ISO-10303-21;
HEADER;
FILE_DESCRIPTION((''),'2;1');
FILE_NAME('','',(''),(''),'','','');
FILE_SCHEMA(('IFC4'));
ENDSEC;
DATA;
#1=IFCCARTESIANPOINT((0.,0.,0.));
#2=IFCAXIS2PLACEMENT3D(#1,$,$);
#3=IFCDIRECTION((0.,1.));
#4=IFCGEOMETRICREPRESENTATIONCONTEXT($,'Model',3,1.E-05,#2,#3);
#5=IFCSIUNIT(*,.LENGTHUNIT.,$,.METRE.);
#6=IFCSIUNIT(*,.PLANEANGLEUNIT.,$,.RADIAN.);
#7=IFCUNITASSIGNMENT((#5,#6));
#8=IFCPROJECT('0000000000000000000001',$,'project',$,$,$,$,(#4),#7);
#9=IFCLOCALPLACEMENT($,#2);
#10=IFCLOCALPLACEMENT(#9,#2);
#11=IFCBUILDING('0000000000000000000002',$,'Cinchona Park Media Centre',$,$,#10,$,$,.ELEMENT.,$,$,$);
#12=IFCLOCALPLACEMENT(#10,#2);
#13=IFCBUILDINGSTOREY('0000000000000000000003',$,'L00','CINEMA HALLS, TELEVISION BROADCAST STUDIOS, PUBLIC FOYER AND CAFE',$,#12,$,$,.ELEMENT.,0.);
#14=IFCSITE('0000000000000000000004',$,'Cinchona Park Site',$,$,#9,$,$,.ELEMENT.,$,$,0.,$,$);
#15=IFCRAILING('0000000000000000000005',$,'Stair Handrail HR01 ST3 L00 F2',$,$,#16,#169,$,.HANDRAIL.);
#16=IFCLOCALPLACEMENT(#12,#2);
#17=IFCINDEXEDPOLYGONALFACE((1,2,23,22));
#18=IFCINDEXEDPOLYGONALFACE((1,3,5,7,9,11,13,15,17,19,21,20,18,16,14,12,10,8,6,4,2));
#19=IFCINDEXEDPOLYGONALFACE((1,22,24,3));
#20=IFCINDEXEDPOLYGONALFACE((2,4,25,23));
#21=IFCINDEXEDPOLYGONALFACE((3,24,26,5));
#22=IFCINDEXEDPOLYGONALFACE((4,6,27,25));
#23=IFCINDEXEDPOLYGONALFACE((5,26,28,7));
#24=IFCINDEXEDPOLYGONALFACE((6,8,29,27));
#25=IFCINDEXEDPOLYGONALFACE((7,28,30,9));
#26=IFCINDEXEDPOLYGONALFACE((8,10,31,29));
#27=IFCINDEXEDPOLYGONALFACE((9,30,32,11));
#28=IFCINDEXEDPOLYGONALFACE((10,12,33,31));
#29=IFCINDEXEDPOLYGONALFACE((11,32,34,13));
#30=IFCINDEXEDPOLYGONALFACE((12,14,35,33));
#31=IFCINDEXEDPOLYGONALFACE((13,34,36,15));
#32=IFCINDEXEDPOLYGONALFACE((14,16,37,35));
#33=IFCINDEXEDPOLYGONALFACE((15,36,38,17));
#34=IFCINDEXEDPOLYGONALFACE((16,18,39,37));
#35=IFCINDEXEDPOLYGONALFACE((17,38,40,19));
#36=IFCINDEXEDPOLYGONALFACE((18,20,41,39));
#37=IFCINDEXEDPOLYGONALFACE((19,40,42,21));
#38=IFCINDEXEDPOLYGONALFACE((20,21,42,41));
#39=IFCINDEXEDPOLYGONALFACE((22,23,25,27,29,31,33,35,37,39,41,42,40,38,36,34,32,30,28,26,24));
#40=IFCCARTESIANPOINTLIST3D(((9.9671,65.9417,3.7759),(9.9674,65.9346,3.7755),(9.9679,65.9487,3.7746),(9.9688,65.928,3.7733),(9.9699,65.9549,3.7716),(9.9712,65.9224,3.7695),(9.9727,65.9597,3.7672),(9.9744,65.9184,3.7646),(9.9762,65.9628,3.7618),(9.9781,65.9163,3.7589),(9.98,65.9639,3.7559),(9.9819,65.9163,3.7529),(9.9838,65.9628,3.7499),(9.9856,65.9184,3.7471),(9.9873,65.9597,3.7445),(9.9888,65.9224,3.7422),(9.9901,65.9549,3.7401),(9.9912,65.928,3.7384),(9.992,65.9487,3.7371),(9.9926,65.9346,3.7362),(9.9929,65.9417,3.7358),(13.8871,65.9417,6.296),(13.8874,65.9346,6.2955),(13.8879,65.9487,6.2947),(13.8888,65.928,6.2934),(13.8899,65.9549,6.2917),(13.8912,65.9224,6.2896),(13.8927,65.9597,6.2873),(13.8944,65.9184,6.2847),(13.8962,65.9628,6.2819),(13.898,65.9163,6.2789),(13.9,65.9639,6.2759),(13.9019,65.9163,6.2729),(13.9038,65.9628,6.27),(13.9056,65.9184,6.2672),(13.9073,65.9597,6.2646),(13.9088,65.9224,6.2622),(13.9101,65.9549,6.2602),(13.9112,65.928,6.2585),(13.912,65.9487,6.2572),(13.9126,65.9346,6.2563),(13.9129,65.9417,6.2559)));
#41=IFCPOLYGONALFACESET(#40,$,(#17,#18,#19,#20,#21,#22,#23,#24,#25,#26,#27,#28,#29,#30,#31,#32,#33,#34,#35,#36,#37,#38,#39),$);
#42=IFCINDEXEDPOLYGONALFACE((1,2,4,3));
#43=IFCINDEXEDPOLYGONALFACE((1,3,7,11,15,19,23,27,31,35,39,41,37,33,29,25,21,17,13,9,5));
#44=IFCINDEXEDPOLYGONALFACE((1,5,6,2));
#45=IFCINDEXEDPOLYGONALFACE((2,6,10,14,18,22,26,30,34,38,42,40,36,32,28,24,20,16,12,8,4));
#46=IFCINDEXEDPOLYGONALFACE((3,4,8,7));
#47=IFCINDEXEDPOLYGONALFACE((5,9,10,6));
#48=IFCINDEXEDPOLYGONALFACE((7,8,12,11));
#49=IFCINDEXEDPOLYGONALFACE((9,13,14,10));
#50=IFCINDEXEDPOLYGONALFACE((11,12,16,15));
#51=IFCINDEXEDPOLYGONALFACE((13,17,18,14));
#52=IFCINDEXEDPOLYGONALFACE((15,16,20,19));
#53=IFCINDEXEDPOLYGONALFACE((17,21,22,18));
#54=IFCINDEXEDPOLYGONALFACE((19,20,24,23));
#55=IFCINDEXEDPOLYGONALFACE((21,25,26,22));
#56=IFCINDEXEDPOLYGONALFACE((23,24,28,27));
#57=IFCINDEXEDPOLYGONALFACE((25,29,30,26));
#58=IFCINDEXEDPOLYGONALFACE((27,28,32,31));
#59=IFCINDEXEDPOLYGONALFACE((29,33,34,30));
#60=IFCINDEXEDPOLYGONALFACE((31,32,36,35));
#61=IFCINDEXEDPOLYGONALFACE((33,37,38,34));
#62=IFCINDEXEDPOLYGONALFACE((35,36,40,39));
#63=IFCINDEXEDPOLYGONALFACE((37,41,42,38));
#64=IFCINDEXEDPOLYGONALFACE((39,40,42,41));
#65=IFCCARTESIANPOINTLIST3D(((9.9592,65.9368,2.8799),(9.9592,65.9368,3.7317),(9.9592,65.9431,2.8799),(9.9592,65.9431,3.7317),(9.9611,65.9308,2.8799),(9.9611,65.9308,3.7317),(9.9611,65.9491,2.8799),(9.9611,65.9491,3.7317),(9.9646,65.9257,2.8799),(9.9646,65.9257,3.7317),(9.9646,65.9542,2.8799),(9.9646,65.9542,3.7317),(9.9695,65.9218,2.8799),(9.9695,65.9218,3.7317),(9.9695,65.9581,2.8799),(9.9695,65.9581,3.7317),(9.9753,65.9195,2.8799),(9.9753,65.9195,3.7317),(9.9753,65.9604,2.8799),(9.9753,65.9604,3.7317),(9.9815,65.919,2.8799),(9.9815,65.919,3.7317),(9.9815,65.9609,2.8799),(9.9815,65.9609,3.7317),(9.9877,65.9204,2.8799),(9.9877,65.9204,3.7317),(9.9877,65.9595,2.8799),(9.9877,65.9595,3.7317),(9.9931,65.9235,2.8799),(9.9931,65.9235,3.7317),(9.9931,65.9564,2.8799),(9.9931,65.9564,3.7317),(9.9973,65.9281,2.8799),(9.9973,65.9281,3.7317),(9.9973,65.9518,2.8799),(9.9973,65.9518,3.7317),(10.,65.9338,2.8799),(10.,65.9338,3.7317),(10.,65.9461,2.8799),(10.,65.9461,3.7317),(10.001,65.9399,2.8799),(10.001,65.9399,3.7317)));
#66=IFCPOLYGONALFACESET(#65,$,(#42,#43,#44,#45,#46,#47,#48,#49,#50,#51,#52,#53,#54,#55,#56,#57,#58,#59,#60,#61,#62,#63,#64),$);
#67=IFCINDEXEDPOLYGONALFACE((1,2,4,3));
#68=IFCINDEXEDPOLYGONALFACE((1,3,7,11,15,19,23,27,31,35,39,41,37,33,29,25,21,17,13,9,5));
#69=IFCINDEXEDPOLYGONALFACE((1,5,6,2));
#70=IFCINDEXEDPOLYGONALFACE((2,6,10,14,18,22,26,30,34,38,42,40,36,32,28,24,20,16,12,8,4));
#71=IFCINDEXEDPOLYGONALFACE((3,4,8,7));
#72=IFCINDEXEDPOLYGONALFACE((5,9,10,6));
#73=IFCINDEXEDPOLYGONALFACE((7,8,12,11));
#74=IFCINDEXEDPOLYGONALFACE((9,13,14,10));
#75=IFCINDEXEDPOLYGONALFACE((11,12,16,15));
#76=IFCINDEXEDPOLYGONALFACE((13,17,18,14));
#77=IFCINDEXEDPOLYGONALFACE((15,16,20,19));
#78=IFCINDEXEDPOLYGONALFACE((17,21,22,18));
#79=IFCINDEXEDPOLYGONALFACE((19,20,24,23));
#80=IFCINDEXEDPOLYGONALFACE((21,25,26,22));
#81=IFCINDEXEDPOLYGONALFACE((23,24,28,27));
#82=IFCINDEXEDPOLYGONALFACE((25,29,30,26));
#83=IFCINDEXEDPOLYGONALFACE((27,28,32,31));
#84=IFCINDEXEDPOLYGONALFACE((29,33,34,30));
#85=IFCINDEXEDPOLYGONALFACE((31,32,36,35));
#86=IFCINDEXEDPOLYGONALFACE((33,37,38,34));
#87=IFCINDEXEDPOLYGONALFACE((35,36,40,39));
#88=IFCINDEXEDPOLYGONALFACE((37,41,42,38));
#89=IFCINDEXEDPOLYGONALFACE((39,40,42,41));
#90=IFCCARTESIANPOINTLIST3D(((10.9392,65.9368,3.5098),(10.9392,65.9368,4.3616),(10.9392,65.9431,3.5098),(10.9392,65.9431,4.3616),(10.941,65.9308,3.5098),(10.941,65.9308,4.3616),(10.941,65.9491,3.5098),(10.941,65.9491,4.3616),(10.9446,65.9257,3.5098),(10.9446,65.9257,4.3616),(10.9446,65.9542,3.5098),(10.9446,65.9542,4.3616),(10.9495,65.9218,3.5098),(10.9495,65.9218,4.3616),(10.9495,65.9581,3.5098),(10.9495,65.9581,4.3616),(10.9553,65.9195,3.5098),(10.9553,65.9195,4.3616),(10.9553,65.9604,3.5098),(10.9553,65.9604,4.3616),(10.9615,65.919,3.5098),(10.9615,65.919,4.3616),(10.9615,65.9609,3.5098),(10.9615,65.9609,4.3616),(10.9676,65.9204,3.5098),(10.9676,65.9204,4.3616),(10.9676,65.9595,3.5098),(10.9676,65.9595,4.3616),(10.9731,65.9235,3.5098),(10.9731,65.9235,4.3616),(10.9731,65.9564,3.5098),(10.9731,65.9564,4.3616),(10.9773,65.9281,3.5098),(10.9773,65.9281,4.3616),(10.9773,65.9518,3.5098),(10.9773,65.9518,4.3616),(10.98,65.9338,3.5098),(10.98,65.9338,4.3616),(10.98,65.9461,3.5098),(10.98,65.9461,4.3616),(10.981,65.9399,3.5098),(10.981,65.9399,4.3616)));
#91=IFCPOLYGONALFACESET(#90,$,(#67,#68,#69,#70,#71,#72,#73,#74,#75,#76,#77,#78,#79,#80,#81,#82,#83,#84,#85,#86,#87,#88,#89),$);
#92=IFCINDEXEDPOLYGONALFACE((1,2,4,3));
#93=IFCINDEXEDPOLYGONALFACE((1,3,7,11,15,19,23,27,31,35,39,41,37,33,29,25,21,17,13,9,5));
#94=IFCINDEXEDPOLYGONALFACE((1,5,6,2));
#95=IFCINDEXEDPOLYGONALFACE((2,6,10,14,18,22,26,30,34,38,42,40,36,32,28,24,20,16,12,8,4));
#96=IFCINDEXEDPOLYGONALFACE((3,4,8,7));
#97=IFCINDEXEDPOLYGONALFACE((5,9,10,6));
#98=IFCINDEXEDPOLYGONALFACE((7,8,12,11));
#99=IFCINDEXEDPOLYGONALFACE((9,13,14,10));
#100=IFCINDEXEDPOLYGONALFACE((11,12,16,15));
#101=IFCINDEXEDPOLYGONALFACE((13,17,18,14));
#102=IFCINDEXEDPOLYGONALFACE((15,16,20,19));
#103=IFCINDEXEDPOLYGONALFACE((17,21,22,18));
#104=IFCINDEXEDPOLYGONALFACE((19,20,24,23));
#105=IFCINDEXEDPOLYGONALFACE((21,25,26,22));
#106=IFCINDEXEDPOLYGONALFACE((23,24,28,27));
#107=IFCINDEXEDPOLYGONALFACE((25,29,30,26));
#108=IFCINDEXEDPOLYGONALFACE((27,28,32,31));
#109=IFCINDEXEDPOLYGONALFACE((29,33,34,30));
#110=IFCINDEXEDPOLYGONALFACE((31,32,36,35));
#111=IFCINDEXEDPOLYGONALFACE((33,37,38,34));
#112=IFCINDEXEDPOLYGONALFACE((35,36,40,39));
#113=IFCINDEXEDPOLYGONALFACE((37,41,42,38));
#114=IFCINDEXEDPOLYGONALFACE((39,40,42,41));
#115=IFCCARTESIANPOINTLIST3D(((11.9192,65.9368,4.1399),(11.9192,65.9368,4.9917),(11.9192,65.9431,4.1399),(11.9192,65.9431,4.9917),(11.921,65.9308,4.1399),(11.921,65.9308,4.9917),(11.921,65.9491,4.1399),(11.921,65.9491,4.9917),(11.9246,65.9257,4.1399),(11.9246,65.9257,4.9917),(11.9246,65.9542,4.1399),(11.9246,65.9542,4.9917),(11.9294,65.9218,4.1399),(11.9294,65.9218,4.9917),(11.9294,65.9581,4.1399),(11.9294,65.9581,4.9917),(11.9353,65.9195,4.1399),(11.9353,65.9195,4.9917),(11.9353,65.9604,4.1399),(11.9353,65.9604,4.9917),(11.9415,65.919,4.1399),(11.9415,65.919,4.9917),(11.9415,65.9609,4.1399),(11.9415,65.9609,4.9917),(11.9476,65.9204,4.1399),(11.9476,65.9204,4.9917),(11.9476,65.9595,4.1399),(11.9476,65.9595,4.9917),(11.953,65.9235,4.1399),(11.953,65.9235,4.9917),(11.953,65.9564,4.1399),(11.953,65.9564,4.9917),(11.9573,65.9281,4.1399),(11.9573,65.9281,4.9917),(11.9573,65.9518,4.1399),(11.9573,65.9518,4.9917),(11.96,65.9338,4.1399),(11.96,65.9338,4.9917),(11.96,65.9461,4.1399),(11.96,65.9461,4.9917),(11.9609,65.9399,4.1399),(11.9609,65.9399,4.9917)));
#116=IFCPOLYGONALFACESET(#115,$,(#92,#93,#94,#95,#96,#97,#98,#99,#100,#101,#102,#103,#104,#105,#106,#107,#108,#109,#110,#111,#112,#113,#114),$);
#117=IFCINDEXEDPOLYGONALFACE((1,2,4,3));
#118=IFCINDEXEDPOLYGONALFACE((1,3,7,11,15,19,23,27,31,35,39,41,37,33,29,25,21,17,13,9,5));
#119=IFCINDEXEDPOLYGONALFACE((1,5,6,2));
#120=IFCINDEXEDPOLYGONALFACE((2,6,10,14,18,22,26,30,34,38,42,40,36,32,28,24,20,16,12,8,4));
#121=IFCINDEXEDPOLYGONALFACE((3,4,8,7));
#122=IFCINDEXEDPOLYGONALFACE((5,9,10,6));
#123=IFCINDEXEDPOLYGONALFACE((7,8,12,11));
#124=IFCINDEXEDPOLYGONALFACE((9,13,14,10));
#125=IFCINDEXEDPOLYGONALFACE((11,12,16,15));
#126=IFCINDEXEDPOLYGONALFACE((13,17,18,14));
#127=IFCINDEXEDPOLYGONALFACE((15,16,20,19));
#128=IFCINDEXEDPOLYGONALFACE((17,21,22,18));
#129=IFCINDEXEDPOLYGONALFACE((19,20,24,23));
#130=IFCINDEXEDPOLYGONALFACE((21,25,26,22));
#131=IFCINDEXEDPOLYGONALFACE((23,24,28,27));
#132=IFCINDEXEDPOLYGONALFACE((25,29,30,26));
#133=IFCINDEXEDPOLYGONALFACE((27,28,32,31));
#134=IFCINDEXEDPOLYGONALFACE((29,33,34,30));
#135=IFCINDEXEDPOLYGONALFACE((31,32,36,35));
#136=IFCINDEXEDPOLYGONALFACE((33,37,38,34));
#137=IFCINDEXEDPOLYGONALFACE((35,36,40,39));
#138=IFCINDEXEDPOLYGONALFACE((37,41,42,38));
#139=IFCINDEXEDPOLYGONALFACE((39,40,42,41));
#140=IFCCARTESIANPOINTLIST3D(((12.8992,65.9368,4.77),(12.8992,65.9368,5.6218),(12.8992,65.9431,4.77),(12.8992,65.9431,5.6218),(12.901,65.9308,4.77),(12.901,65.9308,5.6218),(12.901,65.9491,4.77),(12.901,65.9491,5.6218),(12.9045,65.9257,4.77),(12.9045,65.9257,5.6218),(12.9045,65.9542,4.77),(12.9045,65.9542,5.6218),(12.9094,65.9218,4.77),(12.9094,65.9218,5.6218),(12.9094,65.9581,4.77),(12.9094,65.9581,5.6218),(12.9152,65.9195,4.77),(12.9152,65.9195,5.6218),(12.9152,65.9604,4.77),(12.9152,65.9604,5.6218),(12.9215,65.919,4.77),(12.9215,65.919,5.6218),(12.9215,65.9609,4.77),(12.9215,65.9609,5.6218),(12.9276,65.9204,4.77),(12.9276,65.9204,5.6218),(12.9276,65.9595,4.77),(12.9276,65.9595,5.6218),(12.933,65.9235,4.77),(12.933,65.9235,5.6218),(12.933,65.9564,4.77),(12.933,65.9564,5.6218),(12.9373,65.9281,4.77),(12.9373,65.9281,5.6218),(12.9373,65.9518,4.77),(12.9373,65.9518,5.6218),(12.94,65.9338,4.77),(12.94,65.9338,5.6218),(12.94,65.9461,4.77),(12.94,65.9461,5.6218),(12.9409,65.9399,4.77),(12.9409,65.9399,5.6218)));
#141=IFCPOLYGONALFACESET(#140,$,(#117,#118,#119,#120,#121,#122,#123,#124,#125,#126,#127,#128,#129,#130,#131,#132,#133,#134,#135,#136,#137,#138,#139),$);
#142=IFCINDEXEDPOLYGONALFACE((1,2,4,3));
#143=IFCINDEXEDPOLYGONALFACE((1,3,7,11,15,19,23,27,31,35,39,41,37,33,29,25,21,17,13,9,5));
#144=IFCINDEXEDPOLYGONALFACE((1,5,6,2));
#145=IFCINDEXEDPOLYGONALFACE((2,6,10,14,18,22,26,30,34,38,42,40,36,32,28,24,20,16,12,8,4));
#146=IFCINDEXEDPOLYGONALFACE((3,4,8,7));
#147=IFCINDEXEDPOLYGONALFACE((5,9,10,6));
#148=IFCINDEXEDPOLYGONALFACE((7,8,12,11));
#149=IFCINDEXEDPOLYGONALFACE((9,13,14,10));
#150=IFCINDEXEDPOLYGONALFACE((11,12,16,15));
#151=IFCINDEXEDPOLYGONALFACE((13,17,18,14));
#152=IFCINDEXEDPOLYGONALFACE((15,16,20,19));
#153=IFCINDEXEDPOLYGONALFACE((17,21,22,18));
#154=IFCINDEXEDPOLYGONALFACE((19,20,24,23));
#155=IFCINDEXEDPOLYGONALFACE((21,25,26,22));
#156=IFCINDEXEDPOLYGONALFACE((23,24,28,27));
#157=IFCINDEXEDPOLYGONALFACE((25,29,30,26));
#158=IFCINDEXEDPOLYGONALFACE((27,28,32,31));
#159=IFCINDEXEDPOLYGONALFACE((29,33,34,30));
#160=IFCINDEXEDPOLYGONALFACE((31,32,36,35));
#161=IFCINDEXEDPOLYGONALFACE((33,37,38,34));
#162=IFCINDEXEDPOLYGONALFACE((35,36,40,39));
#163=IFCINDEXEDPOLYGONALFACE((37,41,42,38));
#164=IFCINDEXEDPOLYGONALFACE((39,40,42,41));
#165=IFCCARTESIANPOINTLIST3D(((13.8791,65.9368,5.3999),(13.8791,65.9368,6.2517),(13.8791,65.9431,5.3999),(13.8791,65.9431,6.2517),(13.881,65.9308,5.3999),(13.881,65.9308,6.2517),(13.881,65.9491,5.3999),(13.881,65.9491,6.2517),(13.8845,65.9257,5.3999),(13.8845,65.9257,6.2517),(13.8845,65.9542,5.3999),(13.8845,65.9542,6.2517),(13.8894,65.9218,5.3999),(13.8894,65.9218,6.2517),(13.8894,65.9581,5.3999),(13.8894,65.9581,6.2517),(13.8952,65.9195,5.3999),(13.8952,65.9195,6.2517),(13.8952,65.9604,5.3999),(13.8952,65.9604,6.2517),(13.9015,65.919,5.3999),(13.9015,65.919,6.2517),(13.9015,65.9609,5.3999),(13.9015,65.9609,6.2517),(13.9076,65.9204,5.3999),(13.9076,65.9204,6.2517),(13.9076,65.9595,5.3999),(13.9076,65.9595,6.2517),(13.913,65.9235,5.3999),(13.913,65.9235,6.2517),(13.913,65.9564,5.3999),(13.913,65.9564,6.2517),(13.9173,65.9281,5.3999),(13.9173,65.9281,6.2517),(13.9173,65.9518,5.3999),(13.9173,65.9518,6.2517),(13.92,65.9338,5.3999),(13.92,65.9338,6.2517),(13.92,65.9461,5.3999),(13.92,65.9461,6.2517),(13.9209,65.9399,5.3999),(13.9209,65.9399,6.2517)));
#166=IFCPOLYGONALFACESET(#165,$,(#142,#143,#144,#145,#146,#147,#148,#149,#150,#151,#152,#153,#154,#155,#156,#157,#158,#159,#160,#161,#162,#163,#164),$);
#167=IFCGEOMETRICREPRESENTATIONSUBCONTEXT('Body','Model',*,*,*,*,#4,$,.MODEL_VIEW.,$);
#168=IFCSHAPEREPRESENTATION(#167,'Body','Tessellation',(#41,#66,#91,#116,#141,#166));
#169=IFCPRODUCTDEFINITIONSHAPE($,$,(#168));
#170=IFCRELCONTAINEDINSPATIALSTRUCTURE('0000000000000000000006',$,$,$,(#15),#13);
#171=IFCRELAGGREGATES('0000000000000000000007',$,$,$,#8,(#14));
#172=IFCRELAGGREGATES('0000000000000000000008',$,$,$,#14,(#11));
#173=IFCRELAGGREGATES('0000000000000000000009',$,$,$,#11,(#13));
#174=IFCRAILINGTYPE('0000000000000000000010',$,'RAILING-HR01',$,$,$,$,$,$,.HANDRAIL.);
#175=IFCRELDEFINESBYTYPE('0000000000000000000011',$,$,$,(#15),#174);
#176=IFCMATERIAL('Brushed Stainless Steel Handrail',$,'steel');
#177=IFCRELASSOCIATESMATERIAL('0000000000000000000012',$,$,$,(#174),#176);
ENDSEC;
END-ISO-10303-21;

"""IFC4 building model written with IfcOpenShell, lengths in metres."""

from ifc_helpers import new_model, si_unit, direction, frame, origin, origin_2d, place, context, subcontext, project, spatial, circle, extrude, material, type_object, element, save


model = new_model("IFC4")

# Units and contexts
model_context = context("Model", 3, precision=1e-05, world=origin(), true_north=direction((0.0, 1.0)))
body_context = subcontext(model_context, "Body", "Model", "MODEL_VIEW")
ifc_project = project(units=[si_unit("LENGTHUNIT", "METRE"), si_unit("PLANEANGLEUNIT", "RADIAN")], contexts=[model_context])

# Site, building, storey
site_placement = place(None, origin())
site = spatial("IfcSite", under=ifc_project, at=site_placement, Name="Cinchona Park Site", CompositionType="ELEMENT", RefElevation=0.0)
building_placement = place(site_placement, origin())
building = spatial("IfcBuilding", under=site, at=building_placement, Name="Cinchona Park Media Centre", CompositionType="ELEMENT")
storey_placement = place(building_placement, origin())
storey = spatial("IfcBuildingStorey", under=building, at=storey_placement, Name="L00", Description="CINEMA HALLS, TELEVISION BROADCAST STUDIOS, PUBLIC FOYER AND CAFE", CompositionType="ELEMENT", Elevation=0.0)

# Railing
ifc_material_1 = material(Name="Brushed Stainless Steel Handrail", Category="steel")
railing_type_1 = type_object("IfcRailingType", Name="RAILING-HR01", PredefinedType="HANDRAIL", material=ifc_material_1)
railing_1_placement = place(storey_placement, frame((9.98, 65.9399, 2.8799)))
element("IfcRailing", 1, at=railing_1_placement, inside=storey, type_object=railing_type_1, Name="Stair Handrail HR01 ST3 L00 F2", PredefinedType="HANDRAIL", context=body_context, shape_type="SweptSolid", body=[
    extrude(circle(Radius=0.0239, at=origin_2d()), frame((0.0, 0.0, 0.876), z_axis=(0.841172, 0.0, 0.540768), x_axis=(0.0, 1.0, 0.0)), (0.0, 0.0, 1.0), 4.6602),
    extrude(circle(Radius=0.021, at=origin_2d()), origin(), (0.0, 0.0, 1.0), 0.8518),
    extrude(circle(Radius=0.021, at=origin_2d()), frame((0.98, 0.0, 0.6299)), (0.0, 0.0, 1.0), 0.8518),
    extrude(circle(Radius=0.021, at=origin_2d()), frame((1.96, 0.0, 1.26)), (0.0, 0.0, 1.0), 0.8518),
    extrude(circle(Radius=0.021, at=origin_2d()), frame((2.9399, 0.0, 1.8901)), (0.0, 0.0, 1.0), 0.8518),
    extrude(circle(Radius=0.021, at=origin_2d()), frame((3.9199, 0.0, 2.52)), (0.0, 0.0, 1.0), 0.8518),
])

save(model, "model.ifc")
